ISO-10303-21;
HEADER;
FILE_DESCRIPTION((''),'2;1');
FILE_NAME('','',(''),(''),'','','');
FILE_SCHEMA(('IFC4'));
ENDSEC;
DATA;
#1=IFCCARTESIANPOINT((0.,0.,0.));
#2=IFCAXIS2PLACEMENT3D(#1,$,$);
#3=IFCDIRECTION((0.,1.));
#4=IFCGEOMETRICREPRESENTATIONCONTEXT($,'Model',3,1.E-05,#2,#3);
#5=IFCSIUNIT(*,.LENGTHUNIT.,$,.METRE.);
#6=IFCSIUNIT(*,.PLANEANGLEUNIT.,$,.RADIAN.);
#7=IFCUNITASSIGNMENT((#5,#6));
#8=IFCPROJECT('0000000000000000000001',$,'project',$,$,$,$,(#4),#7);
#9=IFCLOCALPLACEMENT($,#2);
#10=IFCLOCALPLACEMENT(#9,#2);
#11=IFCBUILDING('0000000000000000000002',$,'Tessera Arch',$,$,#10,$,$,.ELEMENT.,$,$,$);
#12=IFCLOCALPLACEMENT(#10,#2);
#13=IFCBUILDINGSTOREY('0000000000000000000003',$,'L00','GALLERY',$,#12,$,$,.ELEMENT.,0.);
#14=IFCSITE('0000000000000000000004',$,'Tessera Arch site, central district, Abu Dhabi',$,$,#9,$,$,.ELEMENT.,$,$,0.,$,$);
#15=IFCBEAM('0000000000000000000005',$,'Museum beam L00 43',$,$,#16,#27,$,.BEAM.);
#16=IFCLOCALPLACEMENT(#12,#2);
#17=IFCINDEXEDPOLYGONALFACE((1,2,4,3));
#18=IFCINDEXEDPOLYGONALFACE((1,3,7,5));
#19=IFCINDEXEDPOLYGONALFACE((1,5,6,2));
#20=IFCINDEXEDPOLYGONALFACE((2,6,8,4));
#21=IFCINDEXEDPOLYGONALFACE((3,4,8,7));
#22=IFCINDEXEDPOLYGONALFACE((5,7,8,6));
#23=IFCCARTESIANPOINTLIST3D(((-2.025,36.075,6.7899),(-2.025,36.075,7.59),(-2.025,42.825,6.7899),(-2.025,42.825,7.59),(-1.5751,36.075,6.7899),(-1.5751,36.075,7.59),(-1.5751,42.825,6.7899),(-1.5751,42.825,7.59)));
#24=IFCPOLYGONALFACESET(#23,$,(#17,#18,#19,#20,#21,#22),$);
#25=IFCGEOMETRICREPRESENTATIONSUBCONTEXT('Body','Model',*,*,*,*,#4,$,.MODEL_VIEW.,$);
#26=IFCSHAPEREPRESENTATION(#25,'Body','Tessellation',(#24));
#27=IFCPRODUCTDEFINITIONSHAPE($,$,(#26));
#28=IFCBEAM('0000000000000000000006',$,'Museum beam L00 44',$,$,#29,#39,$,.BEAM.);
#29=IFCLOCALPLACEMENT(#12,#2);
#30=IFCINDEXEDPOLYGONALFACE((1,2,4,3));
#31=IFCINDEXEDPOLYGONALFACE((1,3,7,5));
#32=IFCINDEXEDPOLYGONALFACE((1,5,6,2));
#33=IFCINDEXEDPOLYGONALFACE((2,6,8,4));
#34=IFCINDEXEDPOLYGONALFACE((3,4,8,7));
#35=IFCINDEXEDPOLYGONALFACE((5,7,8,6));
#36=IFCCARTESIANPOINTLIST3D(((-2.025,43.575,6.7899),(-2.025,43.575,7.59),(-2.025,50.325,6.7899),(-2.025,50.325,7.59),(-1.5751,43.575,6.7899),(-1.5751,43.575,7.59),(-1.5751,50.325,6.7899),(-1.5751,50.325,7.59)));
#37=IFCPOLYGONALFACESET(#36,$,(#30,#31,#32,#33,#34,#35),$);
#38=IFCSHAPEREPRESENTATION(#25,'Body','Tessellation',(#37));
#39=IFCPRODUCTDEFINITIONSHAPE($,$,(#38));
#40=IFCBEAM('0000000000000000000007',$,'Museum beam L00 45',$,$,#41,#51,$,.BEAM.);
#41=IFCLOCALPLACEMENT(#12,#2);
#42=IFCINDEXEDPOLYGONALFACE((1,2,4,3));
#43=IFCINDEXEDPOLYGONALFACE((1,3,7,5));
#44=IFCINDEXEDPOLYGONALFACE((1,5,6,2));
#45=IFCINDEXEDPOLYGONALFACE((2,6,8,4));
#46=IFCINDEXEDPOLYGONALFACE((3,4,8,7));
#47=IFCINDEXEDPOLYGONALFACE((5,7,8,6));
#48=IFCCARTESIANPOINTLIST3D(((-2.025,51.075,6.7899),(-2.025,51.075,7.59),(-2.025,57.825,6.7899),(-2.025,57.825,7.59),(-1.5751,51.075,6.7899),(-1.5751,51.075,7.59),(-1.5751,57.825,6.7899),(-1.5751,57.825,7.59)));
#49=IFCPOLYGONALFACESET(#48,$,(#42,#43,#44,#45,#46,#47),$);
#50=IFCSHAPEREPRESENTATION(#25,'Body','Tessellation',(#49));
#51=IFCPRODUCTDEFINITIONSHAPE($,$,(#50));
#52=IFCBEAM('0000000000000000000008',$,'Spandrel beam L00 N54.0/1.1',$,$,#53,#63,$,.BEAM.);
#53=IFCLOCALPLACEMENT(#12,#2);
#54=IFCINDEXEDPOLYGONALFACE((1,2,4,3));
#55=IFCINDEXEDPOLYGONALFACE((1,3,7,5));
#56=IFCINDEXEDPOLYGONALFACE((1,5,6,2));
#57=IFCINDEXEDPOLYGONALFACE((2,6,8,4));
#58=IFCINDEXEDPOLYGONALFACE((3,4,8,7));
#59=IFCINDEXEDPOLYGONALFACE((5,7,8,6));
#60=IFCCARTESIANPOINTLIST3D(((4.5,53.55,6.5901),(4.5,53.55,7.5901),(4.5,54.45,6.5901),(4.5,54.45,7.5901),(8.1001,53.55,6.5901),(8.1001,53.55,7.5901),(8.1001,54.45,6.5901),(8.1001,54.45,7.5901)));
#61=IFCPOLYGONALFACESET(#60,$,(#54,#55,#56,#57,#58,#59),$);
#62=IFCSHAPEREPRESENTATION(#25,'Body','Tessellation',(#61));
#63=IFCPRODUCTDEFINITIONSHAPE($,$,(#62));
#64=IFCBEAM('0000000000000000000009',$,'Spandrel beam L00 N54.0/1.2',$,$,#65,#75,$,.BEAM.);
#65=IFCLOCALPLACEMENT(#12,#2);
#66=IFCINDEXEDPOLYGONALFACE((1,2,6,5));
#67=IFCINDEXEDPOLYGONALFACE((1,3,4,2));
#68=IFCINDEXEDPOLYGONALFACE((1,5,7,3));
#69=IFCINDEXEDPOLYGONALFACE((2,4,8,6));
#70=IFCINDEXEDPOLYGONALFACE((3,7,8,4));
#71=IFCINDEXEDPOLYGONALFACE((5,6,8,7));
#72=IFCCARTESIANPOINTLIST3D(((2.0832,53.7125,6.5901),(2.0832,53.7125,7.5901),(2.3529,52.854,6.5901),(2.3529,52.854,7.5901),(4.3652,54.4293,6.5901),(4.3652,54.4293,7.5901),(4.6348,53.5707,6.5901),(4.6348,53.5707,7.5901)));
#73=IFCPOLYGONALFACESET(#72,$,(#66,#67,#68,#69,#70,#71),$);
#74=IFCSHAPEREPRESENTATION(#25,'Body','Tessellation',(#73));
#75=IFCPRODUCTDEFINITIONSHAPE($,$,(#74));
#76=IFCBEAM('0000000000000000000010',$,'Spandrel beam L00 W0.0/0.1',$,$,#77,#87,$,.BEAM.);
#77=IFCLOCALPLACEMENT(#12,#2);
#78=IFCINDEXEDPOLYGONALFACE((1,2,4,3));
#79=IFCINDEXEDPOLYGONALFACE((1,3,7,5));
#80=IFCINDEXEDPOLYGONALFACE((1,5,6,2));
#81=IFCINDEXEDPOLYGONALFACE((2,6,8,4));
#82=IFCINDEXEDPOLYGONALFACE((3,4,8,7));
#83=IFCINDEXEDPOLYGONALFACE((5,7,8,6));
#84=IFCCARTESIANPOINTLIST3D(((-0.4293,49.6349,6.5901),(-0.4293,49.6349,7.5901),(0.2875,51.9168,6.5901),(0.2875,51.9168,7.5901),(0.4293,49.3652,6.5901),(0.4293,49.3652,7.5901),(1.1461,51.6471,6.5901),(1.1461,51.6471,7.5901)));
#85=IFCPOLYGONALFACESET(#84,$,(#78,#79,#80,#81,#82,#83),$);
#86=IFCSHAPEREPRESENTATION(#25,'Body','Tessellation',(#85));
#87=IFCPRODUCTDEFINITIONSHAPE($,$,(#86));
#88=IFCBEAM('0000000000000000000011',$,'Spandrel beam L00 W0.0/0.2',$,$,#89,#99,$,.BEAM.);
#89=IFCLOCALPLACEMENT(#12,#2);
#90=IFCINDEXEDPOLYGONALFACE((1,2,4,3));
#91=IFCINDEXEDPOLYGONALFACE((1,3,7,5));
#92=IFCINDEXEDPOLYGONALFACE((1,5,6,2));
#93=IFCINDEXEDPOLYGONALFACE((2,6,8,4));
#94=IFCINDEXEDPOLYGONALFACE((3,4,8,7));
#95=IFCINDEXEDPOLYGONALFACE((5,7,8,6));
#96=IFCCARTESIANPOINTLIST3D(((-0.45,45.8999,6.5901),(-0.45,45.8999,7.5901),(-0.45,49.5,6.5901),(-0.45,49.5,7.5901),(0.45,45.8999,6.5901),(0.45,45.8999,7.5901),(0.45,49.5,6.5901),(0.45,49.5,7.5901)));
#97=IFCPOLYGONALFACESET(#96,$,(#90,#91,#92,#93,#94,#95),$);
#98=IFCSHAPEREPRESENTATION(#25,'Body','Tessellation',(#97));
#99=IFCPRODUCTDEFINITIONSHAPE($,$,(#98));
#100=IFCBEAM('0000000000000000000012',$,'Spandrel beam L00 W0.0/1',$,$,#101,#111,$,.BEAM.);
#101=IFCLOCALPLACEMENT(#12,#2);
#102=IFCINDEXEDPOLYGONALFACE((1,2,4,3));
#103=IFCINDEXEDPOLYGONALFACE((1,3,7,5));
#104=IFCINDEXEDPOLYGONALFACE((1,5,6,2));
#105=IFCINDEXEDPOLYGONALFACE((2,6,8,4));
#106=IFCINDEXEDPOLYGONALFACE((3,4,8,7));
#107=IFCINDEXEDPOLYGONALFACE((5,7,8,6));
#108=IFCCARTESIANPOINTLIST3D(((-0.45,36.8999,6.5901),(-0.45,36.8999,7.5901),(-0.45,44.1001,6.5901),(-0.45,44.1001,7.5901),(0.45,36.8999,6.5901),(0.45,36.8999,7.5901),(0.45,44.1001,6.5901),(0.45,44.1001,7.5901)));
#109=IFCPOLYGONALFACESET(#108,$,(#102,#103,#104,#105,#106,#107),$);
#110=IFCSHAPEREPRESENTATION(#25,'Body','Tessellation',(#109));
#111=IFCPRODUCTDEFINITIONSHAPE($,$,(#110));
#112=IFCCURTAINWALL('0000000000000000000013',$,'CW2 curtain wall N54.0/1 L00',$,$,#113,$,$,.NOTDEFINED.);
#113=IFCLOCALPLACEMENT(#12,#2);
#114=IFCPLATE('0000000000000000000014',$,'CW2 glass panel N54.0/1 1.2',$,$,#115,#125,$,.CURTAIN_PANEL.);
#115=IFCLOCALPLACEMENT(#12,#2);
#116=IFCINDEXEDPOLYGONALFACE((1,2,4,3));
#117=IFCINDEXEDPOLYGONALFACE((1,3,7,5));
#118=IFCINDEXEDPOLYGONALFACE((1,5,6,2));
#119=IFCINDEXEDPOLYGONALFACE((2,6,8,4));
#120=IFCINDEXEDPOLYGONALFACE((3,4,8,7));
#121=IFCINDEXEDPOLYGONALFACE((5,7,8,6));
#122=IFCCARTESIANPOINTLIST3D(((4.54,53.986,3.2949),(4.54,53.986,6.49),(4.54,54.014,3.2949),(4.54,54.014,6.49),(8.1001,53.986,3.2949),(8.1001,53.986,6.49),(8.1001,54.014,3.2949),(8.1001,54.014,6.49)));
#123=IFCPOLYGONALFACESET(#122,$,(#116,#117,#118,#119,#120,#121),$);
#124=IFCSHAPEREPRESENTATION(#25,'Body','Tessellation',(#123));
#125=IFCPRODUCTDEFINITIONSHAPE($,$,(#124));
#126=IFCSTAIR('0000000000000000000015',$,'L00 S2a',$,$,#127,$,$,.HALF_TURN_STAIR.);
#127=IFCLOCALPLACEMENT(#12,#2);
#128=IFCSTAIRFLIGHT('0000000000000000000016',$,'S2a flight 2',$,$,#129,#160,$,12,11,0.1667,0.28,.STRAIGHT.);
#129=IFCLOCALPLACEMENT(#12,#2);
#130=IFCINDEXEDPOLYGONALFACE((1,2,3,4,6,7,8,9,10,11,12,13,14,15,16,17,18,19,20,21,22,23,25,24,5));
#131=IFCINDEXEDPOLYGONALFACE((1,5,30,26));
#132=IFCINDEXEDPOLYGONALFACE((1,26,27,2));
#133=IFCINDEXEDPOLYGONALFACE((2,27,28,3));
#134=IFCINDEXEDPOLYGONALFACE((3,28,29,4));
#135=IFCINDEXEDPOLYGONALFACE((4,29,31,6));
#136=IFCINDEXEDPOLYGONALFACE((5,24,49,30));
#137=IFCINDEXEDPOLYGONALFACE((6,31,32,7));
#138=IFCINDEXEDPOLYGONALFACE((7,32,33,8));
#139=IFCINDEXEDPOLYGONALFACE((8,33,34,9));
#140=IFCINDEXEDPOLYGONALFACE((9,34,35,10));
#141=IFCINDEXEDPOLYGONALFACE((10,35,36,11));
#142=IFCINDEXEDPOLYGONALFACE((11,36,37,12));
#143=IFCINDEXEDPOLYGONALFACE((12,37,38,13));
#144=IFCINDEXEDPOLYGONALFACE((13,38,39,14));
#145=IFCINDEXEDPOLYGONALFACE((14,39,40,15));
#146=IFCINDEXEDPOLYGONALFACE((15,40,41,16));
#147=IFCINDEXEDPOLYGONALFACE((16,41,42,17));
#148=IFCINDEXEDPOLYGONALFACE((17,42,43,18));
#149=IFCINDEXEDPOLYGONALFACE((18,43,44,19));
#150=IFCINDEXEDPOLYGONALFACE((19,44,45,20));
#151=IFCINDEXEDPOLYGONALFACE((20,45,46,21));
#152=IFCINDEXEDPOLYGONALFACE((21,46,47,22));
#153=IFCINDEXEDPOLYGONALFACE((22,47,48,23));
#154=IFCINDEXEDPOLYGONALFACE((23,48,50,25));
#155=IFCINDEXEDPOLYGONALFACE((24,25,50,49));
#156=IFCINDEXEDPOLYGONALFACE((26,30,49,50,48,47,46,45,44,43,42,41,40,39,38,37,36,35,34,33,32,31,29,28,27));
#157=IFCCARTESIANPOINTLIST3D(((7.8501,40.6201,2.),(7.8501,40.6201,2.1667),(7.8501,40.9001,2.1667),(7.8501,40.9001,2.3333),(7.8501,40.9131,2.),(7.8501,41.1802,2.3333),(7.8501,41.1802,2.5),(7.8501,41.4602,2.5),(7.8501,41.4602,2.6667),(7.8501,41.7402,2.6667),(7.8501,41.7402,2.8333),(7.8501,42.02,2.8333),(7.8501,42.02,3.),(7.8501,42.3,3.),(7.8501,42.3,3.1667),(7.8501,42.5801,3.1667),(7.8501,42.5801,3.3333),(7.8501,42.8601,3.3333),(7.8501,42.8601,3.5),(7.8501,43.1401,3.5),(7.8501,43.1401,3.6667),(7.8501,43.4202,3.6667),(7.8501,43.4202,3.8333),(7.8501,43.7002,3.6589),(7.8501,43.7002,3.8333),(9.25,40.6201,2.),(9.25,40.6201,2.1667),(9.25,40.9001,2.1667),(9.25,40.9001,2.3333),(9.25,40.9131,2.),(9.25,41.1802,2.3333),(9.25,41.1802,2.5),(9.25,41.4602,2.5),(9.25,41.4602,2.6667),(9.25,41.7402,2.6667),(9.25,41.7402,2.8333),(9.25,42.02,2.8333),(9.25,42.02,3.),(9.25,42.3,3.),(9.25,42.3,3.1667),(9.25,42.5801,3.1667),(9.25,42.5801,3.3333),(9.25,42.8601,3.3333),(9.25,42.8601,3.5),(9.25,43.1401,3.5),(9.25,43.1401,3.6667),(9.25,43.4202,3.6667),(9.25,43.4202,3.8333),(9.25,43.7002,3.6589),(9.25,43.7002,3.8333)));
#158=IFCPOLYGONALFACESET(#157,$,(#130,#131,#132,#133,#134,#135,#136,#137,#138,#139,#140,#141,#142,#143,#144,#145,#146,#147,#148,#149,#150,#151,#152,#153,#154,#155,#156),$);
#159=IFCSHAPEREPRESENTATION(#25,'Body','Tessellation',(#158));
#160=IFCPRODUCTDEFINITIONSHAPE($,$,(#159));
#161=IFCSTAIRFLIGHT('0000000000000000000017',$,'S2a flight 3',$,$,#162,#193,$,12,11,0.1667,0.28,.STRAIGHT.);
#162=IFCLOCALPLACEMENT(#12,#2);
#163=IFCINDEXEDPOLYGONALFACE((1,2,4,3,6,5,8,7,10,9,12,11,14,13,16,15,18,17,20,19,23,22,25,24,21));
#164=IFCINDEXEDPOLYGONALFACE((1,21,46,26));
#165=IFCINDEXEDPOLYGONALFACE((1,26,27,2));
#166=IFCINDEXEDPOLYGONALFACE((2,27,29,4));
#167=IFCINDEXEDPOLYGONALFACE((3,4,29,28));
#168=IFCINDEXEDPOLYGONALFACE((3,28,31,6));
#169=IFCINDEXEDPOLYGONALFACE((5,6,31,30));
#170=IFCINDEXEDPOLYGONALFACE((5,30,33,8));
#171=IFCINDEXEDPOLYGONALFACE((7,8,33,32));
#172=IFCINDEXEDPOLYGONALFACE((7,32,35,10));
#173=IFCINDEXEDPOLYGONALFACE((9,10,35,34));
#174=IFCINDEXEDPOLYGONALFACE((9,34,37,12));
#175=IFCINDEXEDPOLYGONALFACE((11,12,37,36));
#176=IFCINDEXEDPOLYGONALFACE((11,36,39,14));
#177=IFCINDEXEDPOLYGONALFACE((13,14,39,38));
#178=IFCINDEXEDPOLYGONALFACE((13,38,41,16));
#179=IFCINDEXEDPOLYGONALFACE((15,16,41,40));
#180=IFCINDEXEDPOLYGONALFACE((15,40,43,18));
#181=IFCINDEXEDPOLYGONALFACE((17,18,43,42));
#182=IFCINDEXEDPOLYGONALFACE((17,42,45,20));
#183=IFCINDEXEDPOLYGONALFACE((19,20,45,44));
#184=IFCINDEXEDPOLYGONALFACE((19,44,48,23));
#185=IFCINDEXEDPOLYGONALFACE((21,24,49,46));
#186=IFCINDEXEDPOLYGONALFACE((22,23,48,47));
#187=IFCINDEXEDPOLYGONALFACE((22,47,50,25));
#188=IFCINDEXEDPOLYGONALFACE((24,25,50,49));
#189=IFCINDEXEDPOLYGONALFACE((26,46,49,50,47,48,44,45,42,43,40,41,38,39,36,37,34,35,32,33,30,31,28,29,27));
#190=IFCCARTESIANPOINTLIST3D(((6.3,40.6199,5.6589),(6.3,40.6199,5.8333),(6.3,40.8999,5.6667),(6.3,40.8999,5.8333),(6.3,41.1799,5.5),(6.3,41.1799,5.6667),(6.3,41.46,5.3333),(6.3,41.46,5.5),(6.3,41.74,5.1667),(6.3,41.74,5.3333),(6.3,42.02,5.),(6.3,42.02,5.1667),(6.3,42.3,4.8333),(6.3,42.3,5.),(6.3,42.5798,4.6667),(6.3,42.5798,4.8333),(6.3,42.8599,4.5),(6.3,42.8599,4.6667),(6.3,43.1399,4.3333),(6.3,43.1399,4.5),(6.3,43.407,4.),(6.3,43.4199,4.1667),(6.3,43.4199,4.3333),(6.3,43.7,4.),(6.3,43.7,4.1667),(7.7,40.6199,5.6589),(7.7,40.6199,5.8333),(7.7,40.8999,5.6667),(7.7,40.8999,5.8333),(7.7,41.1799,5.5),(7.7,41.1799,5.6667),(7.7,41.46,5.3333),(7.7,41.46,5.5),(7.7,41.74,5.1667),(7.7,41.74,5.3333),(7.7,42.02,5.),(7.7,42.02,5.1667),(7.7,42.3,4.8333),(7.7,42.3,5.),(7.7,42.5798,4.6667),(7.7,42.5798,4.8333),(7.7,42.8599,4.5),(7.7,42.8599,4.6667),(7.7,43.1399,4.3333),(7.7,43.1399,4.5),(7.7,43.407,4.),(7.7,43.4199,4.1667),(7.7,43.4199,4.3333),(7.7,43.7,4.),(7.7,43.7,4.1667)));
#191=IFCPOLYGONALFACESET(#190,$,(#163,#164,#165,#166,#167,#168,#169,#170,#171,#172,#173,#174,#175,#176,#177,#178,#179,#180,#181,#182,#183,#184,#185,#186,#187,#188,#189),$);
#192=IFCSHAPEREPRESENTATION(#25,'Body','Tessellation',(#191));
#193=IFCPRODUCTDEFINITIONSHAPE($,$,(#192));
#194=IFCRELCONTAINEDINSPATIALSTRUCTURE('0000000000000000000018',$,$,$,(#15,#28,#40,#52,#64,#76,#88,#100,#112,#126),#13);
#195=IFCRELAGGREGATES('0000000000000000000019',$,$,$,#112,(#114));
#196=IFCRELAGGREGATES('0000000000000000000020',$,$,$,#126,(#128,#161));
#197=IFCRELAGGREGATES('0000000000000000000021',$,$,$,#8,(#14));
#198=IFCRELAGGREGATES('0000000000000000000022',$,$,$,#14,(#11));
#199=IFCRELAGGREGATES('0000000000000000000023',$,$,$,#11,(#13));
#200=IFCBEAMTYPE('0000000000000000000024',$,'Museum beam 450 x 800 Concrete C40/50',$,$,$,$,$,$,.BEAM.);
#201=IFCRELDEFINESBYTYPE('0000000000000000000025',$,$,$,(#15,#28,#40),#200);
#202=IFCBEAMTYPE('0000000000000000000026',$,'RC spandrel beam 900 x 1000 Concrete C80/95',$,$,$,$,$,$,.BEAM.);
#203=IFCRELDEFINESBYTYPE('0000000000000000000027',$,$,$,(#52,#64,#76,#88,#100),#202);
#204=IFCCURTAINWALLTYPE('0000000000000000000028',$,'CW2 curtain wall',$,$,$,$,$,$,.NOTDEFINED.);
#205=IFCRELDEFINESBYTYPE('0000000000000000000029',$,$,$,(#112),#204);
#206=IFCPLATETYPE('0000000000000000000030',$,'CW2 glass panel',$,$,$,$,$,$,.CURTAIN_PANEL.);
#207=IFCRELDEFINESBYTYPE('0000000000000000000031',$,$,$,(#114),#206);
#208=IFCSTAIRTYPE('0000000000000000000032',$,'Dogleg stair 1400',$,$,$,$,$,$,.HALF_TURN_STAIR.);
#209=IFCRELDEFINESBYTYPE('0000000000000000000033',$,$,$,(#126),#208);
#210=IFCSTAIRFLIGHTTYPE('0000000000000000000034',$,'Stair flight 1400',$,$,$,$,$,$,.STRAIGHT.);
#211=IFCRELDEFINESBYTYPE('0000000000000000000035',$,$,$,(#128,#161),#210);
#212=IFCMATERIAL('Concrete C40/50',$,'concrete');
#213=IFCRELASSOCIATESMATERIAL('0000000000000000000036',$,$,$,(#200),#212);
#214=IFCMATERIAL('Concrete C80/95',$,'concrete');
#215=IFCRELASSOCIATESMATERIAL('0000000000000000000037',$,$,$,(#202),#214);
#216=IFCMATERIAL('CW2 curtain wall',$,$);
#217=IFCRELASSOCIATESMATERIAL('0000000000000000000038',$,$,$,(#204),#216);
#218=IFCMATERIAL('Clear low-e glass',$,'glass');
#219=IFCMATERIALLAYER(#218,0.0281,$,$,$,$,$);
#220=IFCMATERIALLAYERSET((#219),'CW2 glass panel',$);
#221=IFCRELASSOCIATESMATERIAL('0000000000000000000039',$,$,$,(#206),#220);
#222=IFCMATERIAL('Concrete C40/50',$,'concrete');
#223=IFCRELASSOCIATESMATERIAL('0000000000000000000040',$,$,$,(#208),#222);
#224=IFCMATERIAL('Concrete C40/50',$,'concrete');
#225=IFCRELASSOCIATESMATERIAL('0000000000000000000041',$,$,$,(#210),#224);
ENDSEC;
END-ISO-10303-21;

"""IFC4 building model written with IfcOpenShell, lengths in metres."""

from ifc_helpers import new_model, si_unit, direction, frame, origin, origin_2d, place, context, subcontext, project, spatial, polyline, rectangle, outline, extrude, material, layer, layer_set, material_profile, profile_set, type_object, element, aggregate, save


model = new_model("IFC4")

# Units and contexts
model_context = context("Model", 3, precision=1e-05, world=origin(), true_north=direction((0.0, 1.0)))
body_context = subcontext(model_context, "Body", "Model", "MODEL_VIEW")
ifc_project = project(units=[si_unit("LENGTHUNIT", "METRE"), si_unit("PLANEANGLEUNIT", "RADIAN")], contexts=[model_context])

# Site, building, storey
site_placement = place(None, origin())
site = spatial("IfcSite", under=ifc_project, at=site_placement, Name="Tessera Arch site, central district, Abu Dhabi", CompositionType="ELEMENT", RefElevation=0.0)
building_placement = place(site_placement, origin())
building = spatial("IfcBuilding", under=site, at=building_placement, Name="Tessera Arch", CompositionType="ELEMENT")
storey_placement = place(building_placement, origin())
storey = spatial("IfcBuildingStorey", under=building, at=storey_placement, Name="L00", Description="GALLERY", CompositionType="ELEMENT", Elevation=0.0)

# Beams
ifc_material_1 = material(Name="Concrete C40/50", Category="concrete")
ifc_material_profile_1 = material_profile(ifc_material_1, rectangle(XDim=0.45, YDim=0.8, at=origin_2d()), Name="Museum beam 450 x 800 Concrete C40/50")
ifc_profile_set_1 = profile_set([ifc_material_profile_1], Name="Concrete C40/50")
beam_type_1 = type_object("IfcBeamType", Name="Museum beam 450 x 800 Concrete C40/50", PredefinedType="BEAM", material=ifc_profile_set_1)
for number, where, z_axis, x_axis, name in (
    (1, (-1.8, 36.075, 7.1899), (0.0, 1.0, 0.0), (-1.0, 0.0, 0.0), "Museum beam L00 43"),
    (2, (-1.8, 43.575, 7.1899), (0.0, 1.0, 0.0), (-1.0, 0.0, 0.0), "Museum beam L00 44"),
    (3, (-1.8, 51.075, 7.1899), (0.0, 1.0, 0.0), (-1.0, 0.0, 0.0), "Museum beam L00 45"),
):
    element("IfcBeam", number, at=place(storey_placement, frame(where, z_axis=z_axis, x_axis=x_axis)), inside=storey, type_object=beam_type_1, Name=name, PredefinedType="BEAM", context=body_context, shape_type="SweptSolid", body=[
        extrude(rectangle(XDim=0.45, YDim=0.8, at=origin_2d()), origin(), (0.0, 0.0, 1.0), 6.75),
    ])
ifc_material_2 = material(Name="Concrete C80/95", Category="concrete")
ifc_material_profile_2 = material_profile(ifc_material_2, rectangle(XDim=0.8999, YDim=1.0, at=origin_2d()), Name="RC spandrel beam 900 x 1000 Concrete C80/95")
ifc_profile_set_2 = profile_set([ifc_material_profile_2], Name="Concrete C80/95")
beam_type_2 = type_object("IfcBeamType", Name="RC spandrel beam 900 x 1000 Concrete C80/95", PredefinedType="BEAM", material=ifc_profile_set_2)
beam_1_placement = place(storey_placement, frame((8.1001, 54.0, 7.0901), z_axis=(-1.0, 0.0, 0.0), x_axis=(0.0, -1.0, 0.0)))
element("IfcBeam", 4, at=beam_1_placement, inside=storey, type_object=beam_type_2, Name="Spandrel beam L00 N54.0/1.1", PredefinedType="BEAM", context=body_context, shape_type="SweptSolid", body=[
    extrude(rectangle(XDim=0.8999, YDim=1.0, at=origin_2d()), origin(), (0.0, 0.0, 1.0), 3.6001),
])
for number, where, z_axis, x_axis, name in (
    (5, (4.5, 54.0, 7.0901), (-0.954041, -0.299675, 0.0), (0.299675, -0.954041, 0.0), "Spandrel beam L00 N54.0/1.2"),
    (6, (0.7168, 51.782, 7.0901), (-0.299675, -0.954041, 0.0), (0.954041, -0.299675, 0.0), "Spandrel beam L00 W0.0/0.1"),
):
    element("IfcBeam", number, at=place(storey_placement, frame(where, z_axis=z_axis, x_axis=x_axis)), inside=storey, type_object=beam_type_2, Name=name, PredefinedType="BEAM", context=body_context, shape_type="SweptSolid", body=[
        extrude(rectangle(XDim=0.8999, YDim=1.0, at=origin_2d()), origin(), (0.0, 0.0, 1.0), 2.3918),
    ])
beam_2_placement = place(storey_placement, frame((0.0, 49.5, 7.0901), z_axis=(0.0, -1.0, 0.0), x_axis=(1.0, 0.0, 0.0)))
element("IfcBeam", 7, at=beam_2_placement, inside=storey, type_object=beam_type_2, Name="Spandrel beam L00 W0.0/0.2", PredefinedType="BEAM", context=body_context, shape_type="SweptSolid", body=[
    extrude(rectangle(XDim=0.8999, YDim=1.0, at=origin_2d()), origin(), (0.0, 0.0, 1.0), 3.6001),
])
beam_3_placement = place(storey_placement, frame((0.0, 44.1001, 7.0901), z_axis=(0.0, -1.0, 0.0), x_axis=(1.0, 0.0, 0.0)))
element("IfcBeam", 8, at=beam_3_placement, inside=storey, type_object=beam_type_2, Name="Spandrel beam L00 W0.0/1", PredefinedType="BEAM", context=body_context, shape_type="SweptSolid", body=[
    extrude(rectangle(XDim=0.8999, YDim=1.0, at=origin_2d()), origin(), (0.0, 0.0, 1.0), 7.2002),
])

# Curtain wall, plate
ifc_material_3 = material(Name="CW2 curtain wall")
curtain_wall_type = type_object("IfcCurtainWallType", Name="CW2 curtain wall", PredefinedType="NOTDEFINED", material=ifc_material_3)
curtain_wall_placement = place(storey_placement, origin())
curtain_wall = element("IfcCurtainWall", 9, at=curtain_wall_placement, inside=storey, type_object=curtain_wall_type, Name="CW2 curtain wall N54.0/1 L00", PredefinedType="NOTDEFINED")
ifc_material_4 = material(Name="Clear low-e glass", Category="glass")
ifc_layer_1 = layer(ifc_material_4, 0.0281)
ifc_layer_set_1 = layer_set([ifc_layer_1], Name="CW2 glass panel")
plate_type = type_object("IfcPlateType", Name="CW2 glass panel", PredefinedType="CURTAIN_PANEL", material=ifc_layer_set_1)
plate_placement = place(storey_placement, frame((6.3201, 54.0, 3.2949), z_axis=(0.0, 0.0, 1.0), x_axis=(-1.0, 0.0, 0.0)))
plate = element("IfcPlate", 10, at=plate_placement, type_object=plate_type, Name="CW2 glass panel N54.0/1 1.2", PredefinedType="CURTAIN_PANEL", context=body_context, shape_type="SweptSolid", body=[
    extrude(rectangle(XDim=3.5601, YDim=0.0281, at=origin_2d()), origin(), (0.0, 0.0, 1.0), 3.1951),
])
aggregate(curtain_wall, [plate])

# Stair, stair flights
ifc_material_5 = material(Name="Concrete C40/50", Category="concrete")
stair_type = type_object("IfcStairType", Name="Dogleg stair 1400", PredefinedType="HALF_TURN_STAIR", material=ifc_material_5)
stair_1_placement = place(storey_placement, origin())
stair_1 = element("IfcStair", 11, at=stair_1_placement, inside=storey, type_object=stair_type, Name="L00 S2a", PredefinedType="HALF_TURN_STAIR")
ifc_material_6 = material(Name="Concrete C40/50", Category="concrete")
stair_flight_type = type_object("IfcStairFlightType", Name="Stair flight 1400", PredefinedType="STRAIGHT", material=ifc_material_6)
stair_flight_1_placement = place(storey_placement, frame((8.55, 40.6201, 2.0), z_axis=(0.0, 0.0, 1.0), x_axis=(0.0, 1.0, 0.0)))
stair_flight_1 = element("IfcStairFlight", 12, at=stair_flight_1_placement, type_object=stair_flight_type, Name="S2a flight 2", NumberOfRisers=12, NumberOfTreads=11, PredefinedType="STRAIGHT", RiserHeight=0.1667, TreadLength=0.28, context=body_context, shape_type="SweptSolid", body=[
    extrude(outline(polyline([(0.0, 0.0), (0.0, 0.1667), (0.28, 0.1667), (0.28, 0.3333), (0.5601, 0.3333), (0.5601, 0.5), (0.8401, 0.5), (0.8401, 0.6667), (1.1201, 0.6667), (1.1201, 0.8333), (1.3999, 0.8333), (1.3999, 1.0), (1.6799, 1.0), (1.6799, 1.1667), (1.96, 1.1667), (1.96, 1.3333), (2.24, 1.3333), (2.24, 1.5), (2.52, 1.5), (2.52, 1.6667), (2.8, 1.6667), (2.8, 1.8333), (3.0801, 1.8333), (3.0801, 2.0), (3.0801, 1.6589), (0.293, 0.0), (0.0, 0.0)])), frame((0.0, 0.7, 0.0), z_axis=(0.0, -1.0, 0.0), x_axis=(1.0, 0.0, 0.0)), (0.0, 0.0, 1.0), 1.3999),
])
stair_flight_2_placement = place(storey_placement, frame((7.0, 43.7, 4.0), z_axis=(0.0, 0.0, 1.0), x_axis=(0.0, -1.0, 0.0)))
stair_flight_2 = element("IfcStairFlight", 13, at=stair_flight_2_placement, type_object=stair_flight_type, Name="S2a flight 3", NumberOfRisers=12, NumberOfTreads=11, PredefinedType="STRAIGHT", RiserHeight=0.1667, TreadLength=0.28, context=body_context, shape_type="SweptSolid", body=[
    extrude(outline(polyline([(0.0, 0.0), (0.0, 0.1667), (0.28, 0.1667), (0.28, 0.3333), (0.5601, 0.3333), (0.5601, 0.5), (0.8401, 0.5), (0.8401, 0.6667), (1.1201, 0.6667), (1.1201, 0.8333), (1.3999, 0.8333), (1.3999, 1.0), (1.6799, 1.0), (1.6799, 1.1667), (1.96, 1.1667), (1.96, 1.3333), (2.24, 1.3333), (2.24, 1.5), (2.52, 1.5), (2.52, 1.6667), (2.8, 1.6667), (2.8, 1.8333), (3.0801, 1.8333), (3.0801, 2.0), (3.0801, 1.6589), (0.293, 0.0), (0.0, 0.0)])), frame((0.0, 0.7, 0.0), z_axis=(0.0, -1.0, 0.0), x_axis=(1.0, 0.0, 0.0)), (0.0, 0.0, 1.0), 1.3999),
])
aggregate(stair_1, [stair_flight_1, stair_flight_2])

save(model, "model.ifc")
